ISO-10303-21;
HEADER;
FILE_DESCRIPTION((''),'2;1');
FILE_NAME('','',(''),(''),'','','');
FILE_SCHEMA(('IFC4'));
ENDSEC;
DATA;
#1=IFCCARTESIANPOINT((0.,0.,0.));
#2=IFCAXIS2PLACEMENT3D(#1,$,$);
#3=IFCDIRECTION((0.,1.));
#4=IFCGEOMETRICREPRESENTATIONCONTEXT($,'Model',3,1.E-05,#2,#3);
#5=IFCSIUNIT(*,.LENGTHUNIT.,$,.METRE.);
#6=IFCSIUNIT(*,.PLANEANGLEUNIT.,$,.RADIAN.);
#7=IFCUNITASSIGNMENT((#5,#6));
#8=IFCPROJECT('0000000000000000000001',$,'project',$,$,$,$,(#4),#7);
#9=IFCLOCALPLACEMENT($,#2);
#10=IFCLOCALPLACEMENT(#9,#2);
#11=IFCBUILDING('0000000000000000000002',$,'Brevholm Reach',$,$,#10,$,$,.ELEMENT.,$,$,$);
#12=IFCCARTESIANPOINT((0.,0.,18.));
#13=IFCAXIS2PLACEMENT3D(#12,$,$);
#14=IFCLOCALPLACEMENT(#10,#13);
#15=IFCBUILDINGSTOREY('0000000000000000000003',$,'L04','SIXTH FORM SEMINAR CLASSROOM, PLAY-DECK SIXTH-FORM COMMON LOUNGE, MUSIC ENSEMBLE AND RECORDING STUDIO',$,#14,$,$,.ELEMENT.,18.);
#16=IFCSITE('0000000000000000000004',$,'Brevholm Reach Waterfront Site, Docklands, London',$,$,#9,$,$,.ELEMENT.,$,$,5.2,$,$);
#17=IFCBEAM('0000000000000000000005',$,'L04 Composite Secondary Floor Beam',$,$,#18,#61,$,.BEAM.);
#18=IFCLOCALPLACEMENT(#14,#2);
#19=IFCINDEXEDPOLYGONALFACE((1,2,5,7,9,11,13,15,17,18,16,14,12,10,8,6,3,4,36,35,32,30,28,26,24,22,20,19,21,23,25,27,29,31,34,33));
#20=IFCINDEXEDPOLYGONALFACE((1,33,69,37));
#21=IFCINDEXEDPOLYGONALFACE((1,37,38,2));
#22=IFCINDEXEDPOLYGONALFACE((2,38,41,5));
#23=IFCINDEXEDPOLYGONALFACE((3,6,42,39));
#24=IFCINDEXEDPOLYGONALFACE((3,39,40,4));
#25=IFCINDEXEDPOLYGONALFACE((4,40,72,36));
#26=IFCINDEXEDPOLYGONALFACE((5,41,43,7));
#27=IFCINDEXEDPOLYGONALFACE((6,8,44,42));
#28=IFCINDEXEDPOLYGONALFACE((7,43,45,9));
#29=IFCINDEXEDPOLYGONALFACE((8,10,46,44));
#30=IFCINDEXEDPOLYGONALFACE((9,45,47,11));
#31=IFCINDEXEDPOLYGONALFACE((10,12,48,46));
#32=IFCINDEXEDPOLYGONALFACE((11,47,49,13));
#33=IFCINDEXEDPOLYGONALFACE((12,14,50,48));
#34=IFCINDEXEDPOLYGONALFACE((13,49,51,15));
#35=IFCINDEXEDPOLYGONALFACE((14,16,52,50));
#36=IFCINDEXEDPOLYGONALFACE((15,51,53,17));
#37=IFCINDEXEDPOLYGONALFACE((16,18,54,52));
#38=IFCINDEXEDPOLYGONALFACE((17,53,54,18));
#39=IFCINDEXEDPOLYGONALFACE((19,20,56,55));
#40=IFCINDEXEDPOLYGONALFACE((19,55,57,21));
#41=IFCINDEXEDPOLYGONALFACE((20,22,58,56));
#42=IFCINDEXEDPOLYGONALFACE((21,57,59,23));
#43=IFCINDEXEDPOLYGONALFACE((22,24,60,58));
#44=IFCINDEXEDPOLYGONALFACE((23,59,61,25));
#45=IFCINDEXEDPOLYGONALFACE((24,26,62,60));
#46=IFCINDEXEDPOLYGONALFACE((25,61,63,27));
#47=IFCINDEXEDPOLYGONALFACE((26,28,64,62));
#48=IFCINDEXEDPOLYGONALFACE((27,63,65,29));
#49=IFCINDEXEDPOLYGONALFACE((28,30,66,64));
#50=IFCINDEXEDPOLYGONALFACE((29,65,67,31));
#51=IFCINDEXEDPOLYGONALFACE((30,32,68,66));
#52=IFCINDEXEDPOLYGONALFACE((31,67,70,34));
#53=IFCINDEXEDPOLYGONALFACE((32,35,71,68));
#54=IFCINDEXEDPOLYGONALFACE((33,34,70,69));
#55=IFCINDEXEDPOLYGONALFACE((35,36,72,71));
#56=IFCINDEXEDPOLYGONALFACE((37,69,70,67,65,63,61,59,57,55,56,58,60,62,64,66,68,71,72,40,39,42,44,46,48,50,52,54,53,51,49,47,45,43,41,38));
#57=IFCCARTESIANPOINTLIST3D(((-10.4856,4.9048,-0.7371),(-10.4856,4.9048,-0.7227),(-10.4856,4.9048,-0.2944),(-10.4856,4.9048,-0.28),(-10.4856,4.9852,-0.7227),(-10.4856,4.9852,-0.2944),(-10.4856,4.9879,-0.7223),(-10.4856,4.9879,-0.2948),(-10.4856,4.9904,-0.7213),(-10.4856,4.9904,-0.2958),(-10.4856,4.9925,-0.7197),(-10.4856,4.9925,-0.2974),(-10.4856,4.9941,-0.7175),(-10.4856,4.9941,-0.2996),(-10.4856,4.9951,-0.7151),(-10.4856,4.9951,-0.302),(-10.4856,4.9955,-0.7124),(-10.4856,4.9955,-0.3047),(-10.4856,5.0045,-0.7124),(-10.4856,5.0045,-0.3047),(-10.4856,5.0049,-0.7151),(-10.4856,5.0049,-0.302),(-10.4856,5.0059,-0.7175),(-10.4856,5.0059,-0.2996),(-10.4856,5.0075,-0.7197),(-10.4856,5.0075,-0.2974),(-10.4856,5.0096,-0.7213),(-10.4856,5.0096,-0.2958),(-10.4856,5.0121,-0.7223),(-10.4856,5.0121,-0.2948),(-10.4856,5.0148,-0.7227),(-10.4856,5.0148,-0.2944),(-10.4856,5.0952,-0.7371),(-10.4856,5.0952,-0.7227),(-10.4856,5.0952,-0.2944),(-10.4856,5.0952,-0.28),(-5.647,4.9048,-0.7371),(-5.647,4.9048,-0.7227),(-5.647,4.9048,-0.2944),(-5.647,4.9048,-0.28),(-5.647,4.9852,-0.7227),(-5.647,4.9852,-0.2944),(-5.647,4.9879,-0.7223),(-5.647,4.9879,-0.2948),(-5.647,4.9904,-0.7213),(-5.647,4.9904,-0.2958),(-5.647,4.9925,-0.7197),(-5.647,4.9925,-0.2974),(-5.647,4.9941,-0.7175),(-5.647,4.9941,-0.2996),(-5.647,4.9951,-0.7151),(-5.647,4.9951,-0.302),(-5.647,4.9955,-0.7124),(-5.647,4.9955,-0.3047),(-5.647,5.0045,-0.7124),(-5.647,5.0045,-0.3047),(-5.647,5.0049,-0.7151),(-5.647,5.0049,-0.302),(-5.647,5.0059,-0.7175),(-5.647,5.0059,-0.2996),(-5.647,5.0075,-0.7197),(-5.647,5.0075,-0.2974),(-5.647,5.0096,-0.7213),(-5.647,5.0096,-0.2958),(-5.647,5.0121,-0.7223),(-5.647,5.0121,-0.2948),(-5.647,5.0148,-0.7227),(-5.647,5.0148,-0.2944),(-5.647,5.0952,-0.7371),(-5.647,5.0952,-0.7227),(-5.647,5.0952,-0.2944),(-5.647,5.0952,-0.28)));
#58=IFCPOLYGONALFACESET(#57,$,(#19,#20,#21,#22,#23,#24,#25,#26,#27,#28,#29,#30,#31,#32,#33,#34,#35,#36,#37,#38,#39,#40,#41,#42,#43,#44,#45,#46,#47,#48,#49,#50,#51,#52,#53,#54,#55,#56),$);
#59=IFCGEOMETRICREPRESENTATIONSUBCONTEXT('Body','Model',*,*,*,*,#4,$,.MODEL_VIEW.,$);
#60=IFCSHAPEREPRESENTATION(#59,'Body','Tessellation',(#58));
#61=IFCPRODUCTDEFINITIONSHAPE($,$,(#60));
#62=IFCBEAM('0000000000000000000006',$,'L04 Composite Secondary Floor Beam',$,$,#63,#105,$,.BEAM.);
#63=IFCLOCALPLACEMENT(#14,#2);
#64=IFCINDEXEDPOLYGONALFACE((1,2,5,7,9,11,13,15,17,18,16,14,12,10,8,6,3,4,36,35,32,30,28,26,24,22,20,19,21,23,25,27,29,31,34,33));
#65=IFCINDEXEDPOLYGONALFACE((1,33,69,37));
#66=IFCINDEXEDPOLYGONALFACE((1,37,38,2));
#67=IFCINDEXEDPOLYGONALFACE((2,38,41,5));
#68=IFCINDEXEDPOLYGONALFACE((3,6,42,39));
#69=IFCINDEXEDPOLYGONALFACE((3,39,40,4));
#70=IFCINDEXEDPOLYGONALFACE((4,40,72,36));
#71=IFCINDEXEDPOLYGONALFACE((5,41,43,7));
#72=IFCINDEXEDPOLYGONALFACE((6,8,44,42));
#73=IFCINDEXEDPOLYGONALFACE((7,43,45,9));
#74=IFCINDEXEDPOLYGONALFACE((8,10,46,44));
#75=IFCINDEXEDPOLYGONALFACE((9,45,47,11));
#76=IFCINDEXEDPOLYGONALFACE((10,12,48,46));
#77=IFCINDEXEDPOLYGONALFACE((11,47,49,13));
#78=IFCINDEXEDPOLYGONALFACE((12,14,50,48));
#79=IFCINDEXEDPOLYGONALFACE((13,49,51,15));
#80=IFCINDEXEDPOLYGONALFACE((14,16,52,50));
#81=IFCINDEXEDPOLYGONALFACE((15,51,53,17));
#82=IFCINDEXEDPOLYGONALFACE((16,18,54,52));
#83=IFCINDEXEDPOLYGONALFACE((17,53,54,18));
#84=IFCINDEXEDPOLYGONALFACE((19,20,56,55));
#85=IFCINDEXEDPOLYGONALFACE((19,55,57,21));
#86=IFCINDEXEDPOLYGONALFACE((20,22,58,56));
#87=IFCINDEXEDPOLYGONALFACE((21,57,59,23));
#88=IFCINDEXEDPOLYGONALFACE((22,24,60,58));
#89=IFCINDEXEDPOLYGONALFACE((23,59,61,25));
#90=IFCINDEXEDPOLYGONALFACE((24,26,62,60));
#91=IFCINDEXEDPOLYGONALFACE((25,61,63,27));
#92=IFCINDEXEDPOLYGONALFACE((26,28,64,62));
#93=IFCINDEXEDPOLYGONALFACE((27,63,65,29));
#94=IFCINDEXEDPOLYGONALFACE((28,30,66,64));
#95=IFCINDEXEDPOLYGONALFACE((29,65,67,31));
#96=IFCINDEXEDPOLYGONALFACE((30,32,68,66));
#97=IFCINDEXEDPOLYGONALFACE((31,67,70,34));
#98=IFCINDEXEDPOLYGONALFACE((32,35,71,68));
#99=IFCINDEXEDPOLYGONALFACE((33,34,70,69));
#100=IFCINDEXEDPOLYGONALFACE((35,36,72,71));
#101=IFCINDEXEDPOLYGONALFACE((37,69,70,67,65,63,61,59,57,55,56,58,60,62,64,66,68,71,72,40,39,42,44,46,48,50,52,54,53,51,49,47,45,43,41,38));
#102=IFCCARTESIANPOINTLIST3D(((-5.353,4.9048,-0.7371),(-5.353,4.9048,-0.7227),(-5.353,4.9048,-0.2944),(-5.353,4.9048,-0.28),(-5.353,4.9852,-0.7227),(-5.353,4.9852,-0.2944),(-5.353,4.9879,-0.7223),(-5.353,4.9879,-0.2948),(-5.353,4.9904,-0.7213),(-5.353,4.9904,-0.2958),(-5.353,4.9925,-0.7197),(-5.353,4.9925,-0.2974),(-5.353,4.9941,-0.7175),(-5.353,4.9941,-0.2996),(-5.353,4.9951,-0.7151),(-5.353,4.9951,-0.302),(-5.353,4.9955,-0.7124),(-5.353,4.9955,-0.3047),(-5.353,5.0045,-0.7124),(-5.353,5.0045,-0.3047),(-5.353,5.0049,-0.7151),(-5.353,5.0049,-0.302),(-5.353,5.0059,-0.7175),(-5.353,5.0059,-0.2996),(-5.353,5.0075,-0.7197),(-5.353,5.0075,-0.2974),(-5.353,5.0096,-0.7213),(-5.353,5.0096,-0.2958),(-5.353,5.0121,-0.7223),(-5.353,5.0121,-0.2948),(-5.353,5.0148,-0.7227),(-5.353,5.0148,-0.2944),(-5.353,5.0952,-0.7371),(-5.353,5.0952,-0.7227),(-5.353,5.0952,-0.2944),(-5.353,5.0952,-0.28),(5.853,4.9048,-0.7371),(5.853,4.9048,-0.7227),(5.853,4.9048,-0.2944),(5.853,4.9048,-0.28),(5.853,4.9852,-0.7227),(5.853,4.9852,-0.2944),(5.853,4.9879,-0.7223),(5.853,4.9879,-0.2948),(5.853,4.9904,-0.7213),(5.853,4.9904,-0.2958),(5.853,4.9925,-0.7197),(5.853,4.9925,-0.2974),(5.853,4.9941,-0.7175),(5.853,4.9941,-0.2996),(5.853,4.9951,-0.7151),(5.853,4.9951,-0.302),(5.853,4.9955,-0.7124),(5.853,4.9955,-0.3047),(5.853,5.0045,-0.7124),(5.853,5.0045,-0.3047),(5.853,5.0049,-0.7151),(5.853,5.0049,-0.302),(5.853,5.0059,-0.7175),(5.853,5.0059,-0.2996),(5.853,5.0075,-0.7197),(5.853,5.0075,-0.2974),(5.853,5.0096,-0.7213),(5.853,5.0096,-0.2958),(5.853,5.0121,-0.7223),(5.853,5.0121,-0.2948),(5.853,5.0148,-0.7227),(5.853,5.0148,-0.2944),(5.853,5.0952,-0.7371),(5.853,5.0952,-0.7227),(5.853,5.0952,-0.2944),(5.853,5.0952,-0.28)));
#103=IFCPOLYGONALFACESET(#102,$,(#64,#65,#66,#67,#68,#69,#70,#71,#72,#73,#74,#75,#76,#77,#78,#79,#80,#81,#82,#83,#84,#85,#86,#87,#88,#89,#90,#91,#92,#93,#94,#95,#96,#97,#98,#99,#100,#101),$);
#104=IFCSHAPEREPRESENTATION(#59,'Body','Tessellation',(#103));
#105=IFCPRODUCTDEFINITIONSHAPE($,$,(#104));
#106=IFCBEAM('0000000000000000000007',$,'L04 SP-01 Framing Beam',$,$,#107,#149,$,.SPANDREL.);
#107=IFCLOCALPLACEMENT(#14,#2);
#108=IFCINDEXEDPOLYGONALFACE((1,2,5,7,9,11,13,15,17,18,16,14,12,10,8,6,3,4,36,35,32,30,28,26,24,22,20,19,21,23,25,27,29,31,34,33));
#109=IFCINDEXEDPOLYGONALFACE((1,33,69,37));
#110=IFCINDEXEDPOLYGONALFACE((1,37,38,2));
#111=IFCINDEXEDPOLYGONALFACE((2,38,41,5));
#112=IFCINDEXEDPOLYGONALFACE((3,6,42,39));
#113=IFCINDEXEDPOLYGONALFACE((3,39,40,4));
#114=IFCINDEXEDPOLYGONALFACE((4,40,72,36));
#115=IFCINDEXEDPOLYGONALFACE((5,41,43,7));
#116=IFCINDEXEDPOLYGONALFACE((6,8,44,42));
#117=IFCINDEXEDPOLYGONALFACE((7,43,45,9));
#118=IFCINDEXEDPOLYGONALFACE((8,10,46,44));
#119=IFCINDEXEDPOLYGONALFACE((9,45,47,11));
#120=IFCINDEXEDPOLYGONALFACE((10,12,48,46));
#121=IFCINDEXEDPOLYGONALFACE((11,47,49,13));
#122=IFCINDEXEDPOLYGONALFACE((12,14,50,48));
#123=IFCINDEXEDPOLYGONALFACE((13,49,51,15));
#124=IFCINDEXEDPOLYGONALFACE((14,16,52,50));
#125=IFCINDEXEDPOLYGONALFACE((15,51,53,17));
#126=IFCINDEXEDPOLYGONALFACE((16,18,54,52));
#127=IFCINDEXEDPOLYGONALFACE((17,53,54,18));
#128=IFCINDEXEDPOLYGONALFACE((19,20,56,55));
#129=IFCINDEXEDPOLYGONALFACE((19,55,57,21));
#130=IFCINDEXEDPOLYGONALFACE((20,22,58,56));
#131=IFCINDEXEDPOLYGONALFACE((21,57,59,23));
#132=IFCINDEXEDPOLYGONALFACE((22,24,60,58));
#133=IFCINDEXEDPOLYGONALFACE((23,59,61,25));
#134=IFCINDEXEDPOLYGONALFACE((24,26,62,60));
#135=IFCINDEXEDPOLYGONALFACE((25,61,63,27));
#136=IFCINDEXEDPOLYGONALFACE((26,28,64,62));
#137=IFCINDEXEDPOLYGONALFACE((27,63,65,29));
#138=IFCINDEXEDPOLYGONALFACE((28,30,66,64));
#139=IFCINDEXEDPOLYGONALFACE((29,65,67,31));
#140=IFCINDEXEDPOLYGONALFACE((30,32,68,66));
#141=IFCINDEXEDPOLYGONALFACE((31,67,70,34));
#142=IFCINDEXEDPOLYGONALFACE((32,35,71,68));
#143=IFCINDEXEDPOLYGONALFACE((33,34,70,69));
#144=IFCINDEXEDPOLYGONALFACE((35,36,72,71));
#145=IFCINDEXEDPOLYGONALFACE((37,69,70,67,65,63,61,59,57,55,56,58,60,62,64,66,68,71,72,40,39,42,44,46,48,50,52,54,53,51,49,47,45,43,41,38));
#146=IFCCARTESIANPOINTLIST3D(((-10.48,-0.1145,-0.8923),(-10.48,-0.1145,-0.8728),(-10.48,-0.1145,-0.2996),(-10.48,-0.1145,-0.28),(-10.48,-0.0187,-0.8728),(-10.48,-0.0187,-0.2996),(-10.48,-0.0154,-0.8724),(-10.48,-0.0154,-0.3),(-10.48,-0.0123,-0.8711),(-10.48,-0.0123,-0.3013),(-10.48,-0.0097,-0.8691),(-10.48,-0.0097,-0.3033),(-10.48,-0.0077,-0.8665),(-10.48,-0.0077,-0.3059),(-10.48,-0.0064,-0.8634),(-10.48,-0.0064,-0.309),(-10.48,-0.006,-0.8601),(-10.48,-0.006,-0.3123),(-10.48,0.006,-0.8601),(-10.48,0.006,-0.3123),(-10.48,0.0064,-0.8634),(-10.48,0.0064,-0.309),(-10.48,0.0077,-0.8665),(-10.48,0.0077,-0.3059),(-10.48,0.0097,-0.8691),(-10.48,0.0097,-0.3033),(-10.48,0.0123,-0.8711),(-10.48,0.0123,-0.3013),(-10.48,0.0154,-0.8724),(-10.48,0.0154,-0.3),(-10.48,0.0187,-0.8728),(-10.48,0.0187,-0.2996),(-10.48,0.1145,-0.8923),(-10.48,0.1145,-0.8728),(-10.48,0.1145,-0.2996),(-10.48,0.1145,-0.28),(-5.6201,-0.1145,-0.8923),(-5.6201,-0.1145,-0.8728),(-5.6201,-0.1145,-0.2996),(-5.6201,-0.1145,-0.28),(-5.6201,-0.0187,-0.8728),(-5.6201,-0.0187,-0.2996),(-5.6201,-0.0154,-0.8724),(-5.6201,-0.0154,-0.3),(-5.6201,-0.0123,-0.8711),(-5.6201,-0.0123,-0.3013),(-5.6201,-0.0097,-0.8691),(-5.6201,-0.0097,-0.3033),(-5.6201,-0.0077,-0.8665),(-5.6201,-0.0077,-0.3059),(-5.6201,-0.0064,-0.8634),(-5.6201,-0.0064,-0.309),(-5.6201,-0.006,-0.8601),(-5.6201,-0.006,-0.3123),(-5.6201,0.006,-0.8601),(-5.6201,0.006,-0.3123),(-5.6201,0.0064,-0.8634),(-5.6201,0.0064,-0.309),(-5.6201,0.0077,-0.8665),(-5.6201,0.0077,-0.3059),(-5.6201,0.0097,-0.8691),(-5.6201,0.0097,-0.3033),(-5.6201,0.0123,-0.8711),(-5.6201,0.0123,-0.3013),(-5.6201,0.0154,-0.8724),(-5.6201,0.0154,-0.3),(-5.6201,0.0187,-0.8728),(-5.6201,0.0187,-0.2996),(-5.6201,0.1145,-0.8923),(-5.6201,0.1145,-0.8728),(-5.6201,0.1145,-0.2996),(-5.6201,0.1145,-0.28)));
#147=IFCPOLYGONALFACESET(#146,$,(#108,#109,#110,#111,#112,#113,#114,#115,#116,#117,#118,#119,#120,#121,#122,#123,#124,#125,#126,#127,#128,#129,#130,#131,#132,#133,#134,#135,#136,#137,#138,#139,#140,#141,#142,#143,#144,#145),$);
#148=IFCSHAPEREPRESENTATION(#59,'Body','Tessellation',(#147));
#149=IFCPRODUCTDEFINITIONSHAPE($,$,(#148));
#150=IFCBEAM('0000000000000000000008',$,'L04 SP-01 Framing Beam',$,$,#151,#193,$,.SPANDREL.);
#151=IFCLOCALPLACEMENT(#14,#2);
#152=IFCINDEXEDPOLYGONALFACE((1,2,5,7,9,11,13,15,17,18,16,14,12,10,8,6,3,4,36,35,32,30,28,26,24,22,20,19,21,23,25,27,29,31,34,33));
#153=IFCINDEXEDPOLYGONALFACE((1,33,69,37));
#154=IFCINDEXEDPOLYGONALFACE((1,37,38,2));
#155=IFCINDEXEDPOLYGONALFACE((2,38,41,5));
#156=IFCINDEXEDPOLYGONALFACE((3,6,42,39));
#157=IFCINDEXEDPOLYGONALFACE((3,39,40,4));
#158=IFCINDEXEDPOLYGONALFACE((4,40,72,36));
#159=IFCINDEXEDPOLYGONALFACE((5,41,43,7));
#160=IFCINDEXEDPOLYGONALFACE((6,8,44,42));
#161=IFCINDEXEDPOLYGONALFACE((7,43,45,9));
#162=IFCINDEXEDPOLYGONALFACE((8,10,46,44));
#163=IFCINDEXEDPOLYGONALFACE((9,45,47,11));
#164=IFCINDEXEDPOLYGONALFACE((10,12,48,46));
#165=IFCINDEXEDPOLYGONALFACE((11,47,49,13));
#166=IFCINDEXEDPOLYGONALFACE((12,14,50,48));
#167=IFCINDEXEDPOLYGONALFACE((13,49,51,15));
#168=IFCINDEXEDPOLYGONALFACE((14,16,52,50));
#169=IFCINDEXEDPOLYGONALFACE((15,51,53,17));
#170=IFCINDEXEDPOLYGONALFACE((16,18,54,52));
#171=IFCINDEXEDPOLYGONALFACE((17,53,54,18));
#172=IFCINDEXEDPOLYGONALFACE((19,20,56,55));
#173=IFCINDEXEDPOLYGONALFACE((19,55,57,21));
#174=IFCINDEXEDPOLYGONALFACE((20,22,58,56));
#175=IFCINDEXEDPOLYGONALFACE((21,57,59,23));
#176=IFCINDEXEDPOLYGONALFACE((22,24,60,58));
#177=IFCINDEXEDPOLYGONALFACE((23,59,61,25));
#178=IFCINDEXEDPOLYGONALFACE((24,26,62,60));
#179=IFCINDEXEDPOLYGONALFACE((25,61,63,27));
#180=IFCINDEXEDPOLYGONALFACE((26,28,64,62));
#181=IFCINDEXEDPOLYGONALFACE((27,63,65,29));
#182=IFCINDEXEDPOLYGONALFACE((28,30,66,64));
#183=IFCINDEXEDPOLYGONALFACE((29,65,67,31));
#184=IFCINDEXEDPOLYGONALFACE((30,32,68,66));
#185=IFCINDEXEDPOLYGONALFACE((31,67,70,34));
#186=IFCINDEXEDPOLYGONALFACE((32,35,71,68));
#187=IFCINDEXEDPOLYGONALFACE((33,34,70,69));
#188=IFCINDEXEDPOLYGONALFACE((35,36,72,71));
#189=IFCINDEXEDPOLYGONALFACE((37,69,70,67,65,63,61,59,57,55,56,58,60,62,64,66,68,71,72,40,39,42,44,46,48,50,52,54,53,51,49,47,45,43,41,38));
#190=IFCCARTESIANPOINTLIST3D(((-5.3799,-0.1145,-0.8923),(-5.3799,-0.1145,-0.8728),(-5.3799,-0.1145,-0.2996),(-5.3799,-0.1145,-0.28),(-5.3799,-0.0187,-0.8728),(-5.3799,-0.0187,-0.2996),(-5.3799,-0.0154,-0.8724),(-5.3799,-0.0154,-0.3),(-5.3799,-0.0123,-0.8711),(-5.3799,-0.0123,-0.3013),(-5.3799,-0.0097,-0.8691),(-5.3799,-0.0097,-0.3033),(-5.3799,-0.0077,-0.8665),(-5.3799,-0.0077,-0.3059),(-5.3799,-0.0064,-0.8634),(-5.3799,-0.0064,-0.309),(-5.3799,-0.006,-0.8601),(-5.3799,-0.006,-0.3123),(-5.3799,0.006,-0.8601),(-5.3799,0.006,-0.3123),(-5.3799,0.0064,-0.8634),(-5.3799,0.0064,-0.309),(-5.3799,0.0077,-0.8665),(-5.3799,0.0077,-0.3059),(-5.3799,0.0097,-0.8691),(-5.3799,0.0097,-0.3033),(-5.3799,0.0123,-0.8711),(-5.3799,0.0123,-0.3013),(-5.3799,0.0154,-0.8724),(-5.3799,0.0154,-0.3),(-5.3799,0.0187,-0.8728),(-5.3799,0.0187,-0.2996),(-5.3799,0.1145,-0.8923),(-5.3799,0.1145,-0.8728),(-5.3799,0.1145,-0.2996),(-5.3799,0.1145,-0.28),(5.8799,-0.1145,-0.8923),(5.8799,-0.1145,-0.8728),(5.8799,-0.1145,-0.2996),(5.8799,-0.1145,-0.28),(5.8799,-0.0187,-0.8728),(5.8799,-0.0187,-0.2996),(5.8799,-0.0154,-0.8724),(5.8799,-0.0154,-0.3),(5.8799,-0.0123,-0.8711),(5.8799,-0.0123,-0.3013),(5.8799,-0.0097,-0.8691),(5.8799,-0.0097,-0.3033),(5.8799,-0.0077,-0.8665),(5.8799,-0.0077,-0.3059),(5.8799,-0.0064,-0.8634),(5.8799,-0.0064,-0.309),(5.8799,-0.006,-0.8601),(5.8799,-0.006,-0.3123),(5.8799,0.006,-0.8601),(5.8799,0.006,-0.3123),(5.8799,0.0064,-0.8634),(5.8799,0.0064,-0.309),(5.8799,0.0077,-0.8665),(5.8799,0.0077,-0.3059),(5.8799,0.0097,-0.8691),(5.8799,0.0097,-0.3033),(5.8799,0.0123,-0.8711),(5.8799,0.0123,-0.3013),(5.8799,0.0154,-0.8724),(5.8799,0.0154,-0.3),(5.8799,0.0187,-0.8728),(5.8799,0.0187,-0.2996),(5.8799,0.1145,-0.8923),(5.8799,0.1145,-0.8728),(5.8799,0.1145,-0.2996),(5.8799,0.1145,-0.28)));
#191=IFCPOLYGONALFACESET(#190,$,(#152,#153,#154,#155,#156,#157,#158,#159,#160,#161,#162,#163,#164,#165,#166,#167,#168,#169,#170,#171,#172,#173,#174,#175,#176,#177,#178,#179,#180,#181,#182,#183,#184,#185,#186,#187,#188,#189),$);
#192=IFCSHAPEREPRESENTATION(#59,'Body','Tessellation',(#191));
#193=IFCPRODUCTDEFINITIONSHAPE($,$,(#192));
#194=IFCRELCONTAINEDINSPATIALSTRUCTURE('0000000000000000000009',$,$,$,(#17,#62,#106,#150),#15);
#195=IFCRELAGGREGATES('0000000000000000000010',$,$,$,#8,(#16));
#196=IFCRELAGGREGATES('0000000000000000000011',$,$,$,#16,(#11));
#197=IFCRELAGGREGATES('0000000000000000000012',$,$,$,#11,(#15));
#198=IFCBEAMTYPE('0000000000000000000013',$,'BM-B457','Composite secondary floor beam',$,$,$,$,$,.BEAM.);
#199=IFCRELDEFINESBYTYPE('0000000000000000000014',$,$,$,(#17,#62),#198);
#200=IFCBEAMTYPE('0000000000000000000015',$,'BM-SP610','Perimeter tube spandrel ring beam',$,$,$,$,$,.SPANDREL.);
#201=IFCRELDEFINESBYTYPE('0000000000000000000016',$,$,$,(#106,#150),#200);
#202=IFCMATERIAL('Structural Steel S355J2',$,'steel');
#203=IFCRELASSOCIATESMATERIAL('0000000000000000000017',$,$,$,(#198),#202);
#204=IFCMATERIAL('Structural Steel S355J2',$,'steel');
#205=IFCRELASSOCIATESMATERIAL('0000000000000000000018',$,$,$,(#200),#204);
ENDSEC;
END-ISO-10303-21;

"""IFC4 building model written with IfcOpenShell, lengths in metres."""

from ifc_helpers import new_model, si_unit, direction, frame, origin, origin_2d, place, context, subcontext, project, spatial, i_section, extrude, material, material_profile, profile_set, type_object, element, save


model = new_model("IFC4")

# Units and contexts
model_context = context("Model", 3, precision=1e-05, world=origin(), true_north=direction((0.0, 1.0)))
body_context = subcontext(model_context, "Body", "Model", "MODEL_VIEW")
ifc_project = project(units=[si_unit("LENGTHUNIT", "METRE"), si_unit("PLANEANGLEUNIT", "RADIAN")], contexts=[model_context])

# Site, building, storey
site_placement = place(None, origin())
site = spatial("IfcSite", under=ifc_project, at=site_placement, Name="Brevholm Reach Waterfront Site, Docklands, London", CompositionType="ELEMENT", RefElevation=5.2)
building_placement = place(site_placement, origin())
building = spatial("IfcBuilding", under=site, at=building_placement, Name="Brevholm Reach", CompositionType="ELEMENT")
storey_placement = place(building_placement, frame((0.0, 0.0, 18.0)))
storey = spatial("IfcBuildingStorey", under=building, at=storey_placement, Name="L04", Description="SIXTH FORM SEMINAR CLASSROOM, PLAY-DECK SIXTH-FORM COMMON LOUNGE, MUSIC ENSEMBLE AND RECORDING STUDIO", CompositionType="ELEMENT", Elevation=18.0)

# Beams
ifc_material_1 = material(Name="Structural Steel S355J2", Category="steel")
ifc_material_profile_1 = material_profile(ifc_material_1, i_section(OverallWidth=0.1904, OverallDepth=0.457, WebThickness=0.009, FlangeThickness=0.0144, FilletRadius=0.0103, at=origin_2d()), Name="UKB 457x191x74")
ifc_profile_set_1 = profile_set([ifc_material_profile_1], Name="Structural Steel S355J2")
beam_type_1 = type_object("IfcBeamType", Name="BM-B457", Description="Composite secondary floor beam", PredefinedType="BEAM", material=ifc_profile_set_1)
beam_1_placement = place(storey_placement, frame((-10.4856, 5.0, -0.5085), z_axis=(1.0, 0.0, 0.0), x_axis=(0.0, 1.0, 0.0)))
element("IfcBeam", 1, at=beam_1_placement, inside=storey, type_object=beam_type_1, Name="L04 Composite Secondary Floor Beam", PredefinedType="BEAM", context=body_context, shape_type="SweptSolid", body=[
    extrude(i_section(OverallWidth=0.1904, OverallDepth=0.457, WebThickness=0.009, FlangeThickness=0.0144, FilletRadius=0.0103, at=origin_2d()), origin(), (0.0, 0.0, 1.0), 4.8386),
])
beam_2_placement = place(storey_placement, frame((-5.353, 5.0, -0.5085), z_axis=(1.0, 0.0, 0.0), x_axis=(0.0, 1.0, 0.0)))
element("IfcBeam", 2, at=beam_2_placement, inside=storey, type_object=beam_type_1, Name="L04 Composite Secondary Floor Beam", PredefinedType="BEAM", context=body_context, shape_type="SweptSolid", body=[
    extrude(i_section(OverallWidth=0.1904, OverallDepth=0.457, WebThickness=0.009, FlangeThickness=0.0144, FilletRadius=0.0103, at=origin_2d()), origin(), (0.0, 0.0, 1.0), 11.2061),
])
ifc_material_2 = material(Name="Structural Steel S355J2", Category="steel")
ifc_material_profile_2 = material_profile(ifc_material_2, i_section(OverallWidth=0.229, OverallDepth=0.6123, WebThickness=0.012, FlangeThickness=0.0195, FilletRadius=0.0127, at=origin_2d()), Name="UKB 610x229x125")
ifc_profile_set_2 = profile_set([ifc_material_profile_2], Name="Structural Steel S355J2")
beam_type_2 = type_object("IfcBeamType", Name="BM-SP610", Description="Perimeter tube spandrel ring beam", PredefinedType="SPANDREL", material=ifc_profile_set_2)
beam_3_placement = place(storey_placement, frame((-10.48, 0.0, -0.5862), z_axis=(1.0, 0.0, 0.0), x_axis=(0.0, 1.0, 0.0)))
element("IfcBeam", 3, at=beam_3_placement, inside=storey, type_object=beam_type_2, Name="L04 SP-01 Framing Beam", PredefinedType="SPANDREL", context=body_context, shape_type="SweptSolid", body=[
    extrude(i_section(OverallWidth=0.229, OverallDepth=0.6123, WebThickness=0.012, FlangeThickness=0.0195, FilletRadius=0.0127, at=origin_2d()), origin(), (0.0, 0.0, 1.0), 4.8599),
])
beam_4_placement = place(storey_placement, frame((-5.3799, 0.0, -0.5862), z_axis=(1.0, 0.0, 0.0), x_axis=(0.0, 1.0, 0.0)))
element("IfcBeam", 4, at=beam_4_placement, inside=storey, type_object=beam_type_2, Name="L04 SP-01 Framing Beam", PredefinedType="SPANDREL", context=body_context, shape_type="SweptSolid", body=[
    extrude(i_section(OverallWidth=0.229, OverallDepth=0.6123, WebThickness=0.012, FlangeThickness=0.0195, FilletRadius=0.0127, at=origin_2d()), origin(), (0.0, 0.0, 1.0), 11.2598),
])

save(model, "model.ifc")
